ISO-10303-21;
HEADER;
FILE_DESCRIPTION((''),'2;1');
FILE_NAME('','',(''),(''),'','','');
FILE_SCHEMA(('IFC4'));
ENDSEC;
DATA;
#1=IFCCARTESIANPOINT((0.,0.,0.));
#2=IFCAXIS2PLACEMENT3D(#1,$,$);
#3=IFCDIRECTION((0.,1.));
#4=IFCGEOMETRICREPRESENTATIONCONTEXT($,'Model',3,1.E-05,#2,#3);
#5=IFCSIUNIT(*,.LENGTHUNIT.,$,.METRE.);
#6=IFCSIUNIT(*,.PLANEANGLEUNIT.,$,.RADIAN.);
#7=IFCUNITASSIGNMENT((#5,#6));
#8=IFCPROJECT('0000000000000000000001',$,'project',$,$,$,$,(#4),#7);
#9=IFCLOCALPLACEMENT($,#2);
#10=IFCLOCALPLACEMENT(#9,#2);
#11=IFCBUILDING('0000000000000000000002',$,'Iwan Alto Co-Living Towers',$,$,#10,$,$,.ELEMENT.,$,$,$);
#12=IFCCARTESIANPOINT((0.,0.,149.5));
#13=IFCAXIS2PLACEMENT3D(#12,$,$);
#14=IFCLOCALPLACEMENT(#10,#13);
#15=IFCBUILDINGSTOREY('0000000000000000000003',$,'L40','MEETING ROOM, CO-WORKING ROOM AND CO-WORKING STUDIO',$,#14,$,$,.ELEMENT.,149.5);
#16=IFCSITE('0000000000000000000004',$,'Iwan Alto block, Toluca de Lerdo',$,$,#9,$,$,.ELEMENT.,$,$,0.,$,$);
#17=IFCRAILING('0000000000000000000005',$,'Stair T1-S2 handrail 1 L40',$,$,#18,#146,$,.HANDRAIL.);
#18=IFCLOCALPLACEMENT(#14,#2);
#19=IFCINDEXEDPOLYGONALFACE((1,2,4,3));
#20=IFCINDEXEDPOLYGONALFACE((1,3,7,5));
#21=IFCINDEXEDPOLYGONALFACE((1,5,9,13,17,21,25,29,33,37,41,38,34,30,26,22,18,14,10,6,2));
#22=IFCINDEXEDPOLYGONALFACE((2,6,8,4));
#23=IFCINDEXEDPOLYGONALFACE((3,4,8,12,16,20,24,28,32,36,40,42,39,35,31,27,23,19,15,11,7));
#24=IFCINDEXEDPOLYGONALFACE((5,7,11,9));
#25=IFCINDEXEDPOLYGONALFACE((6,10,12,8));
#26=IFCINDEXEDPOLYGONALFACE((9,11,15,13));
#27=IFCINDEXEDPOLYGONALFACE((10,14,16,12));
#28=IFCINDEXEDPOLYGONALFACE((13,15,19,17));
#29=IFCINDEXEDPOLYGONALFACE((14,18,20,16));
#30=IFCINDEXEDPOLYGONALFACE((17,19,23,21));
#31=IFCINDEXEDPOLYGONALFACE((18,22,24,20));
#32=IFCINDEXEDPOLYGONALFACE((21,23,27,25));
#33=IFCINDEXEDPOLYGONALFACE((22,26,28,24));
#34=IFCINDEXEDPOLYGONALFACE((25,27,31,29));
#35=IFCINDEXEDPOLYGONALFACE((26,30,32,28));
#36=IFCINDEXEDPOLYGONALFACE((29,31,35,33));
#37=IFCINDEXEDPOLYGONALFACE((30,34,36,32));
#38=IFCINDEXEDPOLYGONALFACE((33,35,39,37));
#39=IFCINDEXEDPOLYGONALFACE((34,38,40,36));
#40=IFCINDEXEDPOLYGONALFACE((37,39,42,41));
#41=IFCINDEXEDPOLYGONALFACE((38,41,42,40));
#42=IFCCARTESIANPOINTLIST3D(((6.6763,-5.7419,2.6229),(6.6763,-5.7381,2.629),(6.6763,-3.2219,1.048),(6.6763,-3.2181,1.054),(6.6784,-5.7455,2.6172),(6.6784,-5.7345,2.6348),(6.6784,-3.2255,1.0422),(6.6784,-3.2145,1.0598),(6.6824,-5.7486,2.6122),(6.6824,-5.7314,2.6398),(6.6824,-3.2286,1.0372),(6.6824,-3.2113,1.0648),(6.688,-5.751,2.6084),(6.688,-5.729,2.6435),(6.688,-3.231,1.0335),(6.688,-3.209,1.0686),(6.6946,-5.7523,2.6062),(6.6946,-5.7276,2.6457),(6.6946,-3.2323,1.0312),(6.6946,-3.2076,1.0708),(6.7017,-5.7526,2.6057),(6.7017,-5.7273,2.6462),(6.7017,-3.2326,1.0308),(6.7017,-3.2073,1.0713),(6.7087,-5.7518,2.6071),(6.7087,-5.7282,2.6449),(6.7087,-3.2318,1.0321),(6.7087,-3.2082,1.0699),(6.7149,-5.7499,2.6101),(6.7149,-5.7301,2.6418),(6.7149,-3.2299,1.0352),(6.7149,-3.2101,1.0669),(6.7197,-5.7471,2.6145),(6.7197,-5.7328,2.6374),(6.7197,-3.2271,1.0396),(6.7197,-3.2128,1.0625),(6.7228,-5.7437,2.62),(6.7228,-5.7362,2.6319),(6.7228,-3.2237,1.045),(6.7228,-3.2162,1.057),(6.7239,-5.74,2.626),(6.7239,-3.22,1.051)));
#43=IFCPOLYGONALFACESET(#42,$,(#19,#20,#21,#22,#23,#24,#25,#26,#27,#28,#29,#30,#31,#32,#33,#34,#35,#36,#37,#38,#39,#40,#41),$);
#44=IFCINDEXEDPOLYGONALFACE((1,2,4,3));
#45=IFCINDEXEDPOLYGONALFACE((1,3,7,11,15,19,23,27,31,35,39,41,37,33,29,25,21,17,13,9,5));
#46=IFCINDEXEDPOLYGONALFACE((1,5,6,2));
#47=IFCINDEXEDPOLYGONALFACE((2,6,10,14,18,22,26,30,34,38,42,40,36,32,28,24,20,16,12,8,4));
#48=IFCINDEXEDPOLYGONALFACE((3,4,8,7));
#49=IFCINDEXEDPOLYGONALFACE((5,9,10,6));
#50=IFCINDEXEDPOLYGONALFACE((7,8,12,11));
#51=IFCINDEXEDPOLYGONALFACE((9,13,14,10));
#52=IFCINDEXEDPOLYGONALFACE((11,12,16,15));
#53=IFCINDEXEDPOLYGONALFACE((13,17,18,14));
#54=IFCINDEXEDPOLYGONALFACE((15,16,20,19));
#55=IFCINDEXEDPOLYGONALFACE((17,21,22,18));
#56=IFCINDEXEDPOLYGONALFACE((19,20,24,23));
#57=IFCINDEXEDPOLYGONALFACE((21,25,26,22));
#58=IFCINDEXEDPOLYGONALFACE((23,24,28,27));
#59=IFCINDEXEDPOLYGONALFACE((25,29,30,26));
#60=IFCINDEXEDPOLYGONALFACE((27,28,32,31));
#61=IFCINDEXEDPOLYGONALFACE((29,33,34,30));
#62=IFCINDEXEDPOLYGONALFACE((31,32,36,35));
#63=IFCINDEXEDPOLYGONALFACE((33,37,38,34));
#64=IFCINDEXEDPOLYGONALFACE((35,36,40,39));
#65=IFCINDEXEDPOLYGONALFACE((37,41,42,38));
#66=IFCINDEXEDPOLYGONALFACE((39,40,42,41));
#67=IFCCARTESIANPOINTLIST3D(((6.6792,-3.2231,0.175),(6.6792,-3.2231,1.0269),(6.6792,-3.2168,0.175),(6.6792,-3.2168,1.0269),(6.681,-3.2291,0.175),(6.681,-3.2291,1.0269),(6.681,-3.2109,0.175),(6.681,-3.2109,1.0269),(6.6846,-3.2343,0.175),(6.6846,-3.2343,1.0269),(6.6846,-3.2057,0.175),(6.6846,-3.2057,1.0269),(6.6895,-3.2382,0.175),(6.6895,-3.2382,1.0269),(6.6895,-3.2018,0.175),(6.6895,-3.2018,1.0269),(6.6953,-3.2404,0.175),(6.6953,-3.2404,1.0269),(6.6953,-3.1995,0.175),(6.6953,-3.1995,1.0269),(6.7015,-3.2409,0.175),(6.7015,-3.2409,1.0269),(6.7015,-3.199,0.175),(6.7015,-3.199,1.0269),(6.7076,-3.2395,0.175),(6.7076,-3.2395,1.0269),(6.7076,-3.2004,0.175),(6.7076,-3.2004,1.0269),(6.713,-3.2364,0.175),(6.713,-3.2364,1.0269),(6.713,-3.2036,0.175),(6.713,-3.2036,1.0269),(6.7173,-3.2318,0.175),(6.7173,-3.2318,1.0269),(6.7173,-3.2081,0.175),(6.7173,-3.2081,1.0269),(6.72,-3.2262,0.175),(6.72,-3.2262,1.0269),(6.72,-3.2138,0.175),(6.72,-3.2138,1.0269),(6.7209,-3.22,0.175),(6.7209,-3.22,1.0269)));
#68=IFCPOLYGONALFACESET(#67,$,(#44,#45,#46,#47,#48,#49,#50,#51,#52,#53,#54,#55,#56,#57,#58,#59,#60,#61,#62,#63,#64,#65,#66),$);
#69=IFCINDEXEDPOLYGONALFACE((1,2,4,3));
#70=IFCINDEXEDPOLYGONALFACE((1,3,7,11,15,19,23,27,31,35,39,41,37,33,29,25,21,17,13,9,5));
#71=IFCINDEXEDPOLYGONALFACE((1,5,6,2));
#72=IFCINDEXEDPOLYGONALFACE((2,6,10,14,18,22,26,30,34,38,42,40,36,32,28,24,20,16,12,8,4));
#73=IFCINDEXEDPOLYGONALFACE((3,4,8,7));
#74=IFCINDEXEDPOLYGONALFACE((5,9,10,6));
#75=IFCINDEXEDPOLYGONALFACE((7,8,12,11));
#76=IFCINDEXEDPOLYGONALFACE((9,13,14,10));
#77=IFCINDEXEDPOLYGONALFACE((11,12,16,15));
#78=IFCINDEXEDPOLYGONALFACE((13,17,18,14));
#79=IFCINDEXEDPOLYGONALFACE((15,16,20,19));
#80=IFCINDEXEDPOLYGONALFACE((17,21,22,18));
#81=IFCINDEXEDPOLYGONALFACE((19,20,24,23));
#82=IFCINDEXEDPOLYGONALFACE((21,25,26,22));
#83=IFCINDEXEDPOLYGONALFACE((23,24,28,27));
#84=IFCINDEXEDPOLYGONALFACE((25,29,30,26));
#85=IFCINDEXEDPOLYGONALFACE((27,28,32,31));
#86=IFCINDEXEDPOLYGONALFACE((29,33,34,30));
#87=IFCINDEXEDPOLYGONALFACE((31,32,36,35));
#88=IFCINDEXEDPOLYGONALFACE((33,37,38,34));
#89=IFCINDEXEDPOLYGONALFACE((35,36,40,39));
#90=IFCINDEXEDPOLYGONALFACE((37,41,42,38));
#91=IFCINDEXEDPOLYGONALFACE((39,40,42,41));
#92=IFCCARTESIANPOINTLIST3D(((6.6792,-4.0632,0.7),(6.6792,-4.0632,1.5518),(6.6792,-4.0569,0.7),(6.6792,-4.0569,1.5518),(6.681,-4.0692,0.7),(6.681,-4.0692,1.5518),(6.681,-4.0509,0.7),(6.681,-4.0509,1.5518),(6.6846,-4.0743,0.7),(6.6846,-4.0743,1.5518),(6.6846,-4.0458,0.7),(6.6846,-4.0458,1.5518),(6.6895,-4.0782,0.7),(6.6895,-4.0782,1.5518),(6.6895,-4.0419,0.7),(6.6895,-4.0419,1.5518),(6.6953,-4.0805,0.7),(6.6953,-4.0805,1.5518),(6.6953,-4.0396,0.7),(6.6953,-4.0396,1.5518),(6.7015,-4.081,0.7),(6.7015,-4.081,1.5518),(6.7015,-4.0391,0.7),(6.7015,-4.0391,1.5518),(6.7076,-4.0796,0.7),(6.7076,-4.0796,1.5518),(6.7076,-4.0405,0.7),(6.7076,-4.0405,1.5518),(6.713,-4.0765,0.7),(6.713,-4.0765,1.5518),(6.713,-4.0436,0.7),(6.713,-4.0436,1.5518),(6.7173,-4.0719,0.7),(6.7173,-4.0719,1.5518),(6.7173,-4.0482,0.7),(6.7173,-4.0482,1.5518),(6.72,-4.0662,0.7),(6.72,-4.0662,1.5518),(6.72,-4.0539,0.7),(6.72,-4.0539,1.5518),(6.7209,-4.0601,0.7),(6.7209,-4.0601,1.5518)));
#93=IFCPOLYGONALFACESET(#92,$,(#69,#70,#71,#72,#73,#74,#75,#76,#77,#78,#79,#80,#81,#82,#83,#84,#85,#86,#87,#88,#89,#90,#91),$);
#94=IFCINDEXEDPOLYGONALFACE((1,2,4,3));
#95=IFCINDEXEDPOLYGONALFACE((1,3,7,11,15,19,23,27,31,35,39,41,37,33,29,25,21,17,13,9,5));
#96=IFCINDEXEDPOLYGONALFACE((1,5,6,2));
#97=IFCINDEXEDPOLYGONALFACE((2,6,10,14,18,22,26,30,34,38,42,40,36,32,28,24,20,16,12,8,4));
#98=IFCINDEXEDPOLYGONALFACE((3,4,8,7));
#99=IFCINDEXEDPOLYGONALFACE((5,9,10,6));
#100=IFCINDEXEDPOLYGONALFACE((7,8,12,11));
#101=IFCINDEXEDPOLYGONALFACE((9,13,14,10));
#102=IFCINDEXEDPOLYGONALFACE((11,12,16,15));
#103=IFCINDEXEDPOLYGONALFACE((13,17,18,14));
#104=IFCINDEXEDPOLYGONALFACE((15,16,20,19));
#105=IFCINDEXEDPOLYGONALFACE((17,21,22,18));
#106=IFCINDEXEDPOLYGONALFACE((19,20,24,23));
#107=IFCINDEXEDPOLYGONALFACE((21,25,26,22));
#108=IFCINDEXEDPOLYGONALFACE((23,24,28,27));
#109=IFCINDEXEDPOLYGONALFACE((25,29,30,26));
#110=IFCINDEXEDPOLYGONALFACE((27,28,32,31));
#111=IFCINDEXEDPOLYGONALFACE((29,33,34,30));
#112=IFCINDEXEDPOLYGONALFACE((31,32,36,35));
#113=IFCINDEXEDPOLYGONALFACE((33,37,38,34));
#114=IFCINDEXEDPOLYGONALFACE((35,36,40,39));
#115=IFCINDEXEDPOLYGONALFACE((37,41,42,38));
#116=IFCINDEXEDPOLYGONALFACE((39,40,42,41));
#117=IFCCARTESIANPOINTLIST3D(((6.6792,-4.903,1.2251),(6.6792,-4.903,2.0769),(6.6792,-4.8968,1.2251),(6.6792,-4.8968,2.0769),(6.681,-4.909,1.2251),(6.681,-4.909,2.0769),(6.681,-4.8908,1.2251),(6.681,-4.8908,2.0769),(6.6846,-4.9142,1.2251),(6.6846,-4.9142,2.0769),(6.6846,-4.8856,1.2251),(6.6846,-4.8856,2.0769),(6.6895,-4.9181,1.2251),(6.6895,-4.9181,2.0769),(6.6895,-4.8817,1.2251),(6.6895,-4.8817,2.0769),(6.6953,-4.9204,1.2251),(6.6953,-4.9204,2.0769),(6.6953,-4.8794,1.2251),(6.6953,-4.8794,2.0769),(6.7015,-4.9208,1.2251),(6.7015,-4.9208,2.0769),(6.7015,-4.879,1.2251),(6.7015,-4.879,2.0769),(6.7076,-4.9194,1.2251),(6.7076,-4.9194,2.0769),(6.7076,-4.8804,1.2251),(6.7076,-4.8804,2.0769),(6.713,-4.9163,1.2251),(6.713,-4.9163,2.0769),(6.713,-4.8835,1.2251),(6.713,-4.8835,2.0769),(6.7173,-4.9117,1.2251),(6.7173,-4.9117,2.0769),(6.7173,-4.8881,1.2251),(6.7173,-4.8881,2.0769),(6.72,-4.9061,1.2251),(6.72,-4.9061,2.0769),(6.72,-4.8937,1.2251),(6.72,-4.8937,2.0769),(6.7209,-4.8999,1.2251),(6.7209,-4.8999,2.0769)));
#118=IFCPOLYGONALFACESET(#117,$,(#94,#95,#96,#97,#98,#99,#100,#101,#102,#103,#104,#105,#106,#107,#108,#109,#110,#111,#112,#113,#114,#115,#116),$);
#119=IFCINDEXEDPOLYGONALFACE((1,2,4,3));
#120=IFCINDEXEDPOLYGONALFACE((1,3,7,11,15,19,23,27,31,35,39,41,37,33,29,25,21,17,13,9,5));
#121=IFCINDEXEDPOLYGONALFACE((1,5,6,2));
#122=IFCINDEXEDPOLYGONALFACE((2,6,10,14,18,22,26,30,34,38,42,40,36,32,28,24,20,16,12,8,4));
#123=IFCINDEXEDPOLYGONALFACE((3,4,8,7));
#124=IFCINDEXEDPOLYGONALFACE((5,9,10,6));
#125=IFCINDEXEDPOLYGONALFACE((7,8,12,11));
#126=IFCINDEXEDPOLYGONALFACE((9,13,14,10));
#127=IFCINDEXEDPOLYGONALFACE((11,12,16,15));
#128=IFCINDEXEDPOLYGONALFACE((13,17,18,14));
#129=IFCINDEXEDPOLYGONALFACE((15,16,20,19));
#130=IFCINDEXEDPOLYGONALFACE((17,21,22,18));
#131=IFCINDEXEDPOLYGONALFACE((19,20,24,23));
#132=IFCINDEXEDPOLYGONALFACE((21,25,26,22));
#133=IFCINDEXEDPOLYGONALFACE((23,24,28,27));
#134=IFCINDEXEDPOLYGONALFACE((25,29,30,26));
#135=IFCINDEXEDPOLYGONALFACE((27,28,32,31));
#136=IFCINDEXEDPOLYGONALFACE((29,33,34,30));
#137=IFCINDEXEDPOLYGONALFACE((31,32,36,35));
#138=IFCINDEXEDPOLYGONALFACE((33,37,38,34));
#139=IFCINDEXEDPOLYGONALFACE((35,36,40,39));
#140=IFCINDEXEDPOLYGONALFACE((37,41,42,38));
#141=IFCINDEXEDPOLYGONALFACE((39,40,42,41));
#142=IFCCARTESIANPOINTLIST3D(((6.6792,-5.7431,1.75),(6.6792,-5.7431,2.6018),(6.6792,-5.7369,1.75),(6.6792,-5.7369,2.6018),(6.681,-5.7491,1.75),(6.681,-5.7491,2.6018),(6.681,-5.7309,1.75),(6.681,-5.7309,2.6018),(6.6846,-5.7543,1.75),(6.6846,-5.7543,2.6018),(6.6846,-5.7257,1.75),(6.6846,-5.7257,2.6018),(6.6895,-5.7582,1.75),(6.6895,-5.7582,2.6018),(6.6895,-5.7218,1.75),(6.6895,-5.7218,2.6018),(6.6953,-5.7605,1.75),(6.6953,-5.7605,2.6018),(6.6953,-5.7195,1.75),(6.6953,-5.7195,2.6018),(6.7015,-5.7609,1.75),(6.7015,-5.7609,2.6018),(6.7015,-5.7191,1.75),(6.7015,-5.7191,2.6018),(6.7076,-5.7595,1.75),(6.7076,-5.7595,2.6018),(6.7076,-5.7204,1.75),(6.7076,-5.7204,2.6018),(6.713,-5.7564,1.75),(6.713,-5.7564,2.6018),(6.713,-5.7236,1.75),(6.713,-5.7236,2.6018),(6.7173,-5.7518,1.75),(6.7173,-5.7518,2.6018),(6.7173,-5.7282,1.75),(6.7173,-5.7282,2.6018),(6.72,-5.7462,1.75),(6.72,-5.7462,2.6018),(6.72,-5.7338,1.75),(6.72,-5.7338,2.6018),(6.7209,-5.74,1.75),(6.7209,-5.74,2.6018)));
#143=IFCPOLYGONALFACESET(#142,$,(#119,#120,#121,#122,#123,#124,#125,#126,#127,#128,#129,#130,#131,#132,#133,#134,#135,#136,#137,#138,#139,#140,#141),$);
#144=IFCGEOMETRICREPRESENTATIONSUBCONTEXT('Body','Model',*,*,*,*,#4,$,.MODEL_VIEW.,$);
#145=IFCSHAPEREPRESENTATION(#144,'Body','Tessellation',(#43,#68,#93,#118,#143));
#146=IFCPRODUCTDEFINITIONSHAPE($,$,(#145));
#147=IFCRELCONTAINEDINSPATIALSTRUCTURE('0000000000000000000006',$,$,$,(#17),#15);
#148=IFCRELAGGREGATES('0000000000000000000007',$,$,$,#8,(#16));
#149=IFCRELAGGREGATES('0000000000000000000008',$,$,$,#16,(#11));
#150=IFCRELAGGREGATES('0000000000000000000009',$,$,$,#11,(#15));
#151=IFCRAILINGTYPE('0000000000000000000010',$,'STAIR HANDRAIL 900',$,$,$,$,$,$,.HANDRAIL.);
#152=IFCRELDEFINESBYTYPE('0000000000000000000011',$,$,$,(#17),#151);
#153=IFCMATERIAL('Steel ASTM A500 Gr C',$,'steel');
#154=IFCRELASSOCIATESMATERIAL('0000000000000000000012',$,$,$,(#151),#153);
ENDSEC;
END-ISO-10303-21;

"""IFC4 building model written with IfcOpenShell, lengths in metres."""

from ifc_helpers import new_model, si_unit, direction, frame, origin, origin_2d, place, context, subcontext, project, spatial, circle, extrude, material, type_object, element, save


model = new_model("IFC4")

# Units and contexts
model_context = context("Model", 3, precision=1e-05, world=origin(), true_north=direction((0.0, 1.0)))
body_context = subcontext(model_context, "Body", "Model", "MODEL_VIEW")
ifc_project = project(units=[si_unit("LENGTHUNIT", "METRE"), si_unit("PLANEANGLEUNIT", "RADIAN")], contexts=[model_context])

# Site, building, storey
site_placement = place(None, origin())
site = spatial("IfcSite", under=ifc_project, at=site_placement, Name="Iwan Alto block, Toluca de Lerdo", CompositionType="ELEMENT", RefElevation=0.0)
building_placement = place(site_placement, origin())
building = spatial("IfcBuilding", under=site, at=building_placement, Name="Iwan Alto Co-Living Towers", CompositionType="ELEMENT")
storey_placement = place(building_placement, frame((0.0, 0.0, 149.5)))
storey = spatial("IfcBuildingStorey", under=building, at=storey_placement, Name="L40", Description="MEETING ROOM, CO-WORKING ROOM AND CO-WORKING STUDIO", CompositionType="ELEMENT", Elevation=149.5)

# Railing
ifc_material_1 = material(Name="Steel ASTM A500 Gr C", Category="steel")
railing_type_1 = type_object("IfcRailingType", Name="STAIR HANDRAIL 900", PredefinedType="HANDRAIL", material=ifc_material_1)
railing_1_placement = place(storey_placement, frame((6.7, -3.22, 0.175)))
element("IfcRailing", 1, at=railing_1_placement, inside=storey, type_object=railing_type_1, Name="Stair T1-S2 handrail 1 L40", PredefinedType="HANDRAIL", context=body_context, shape_type="SweptSolid", body=[
    extrude(circle(Radius=0.0239, at=origin_2d()), frame((0.0, 0.0, 0.876), z_axis=(0.0, -0.848008, 0.529984), x_axis=(1.0, 0.0, 0.0)), (0.0, 0.0, 1.0), 2.9717),
    extrude(circle(Radius=0.021, at=origin_2d()), origin(), (0.0, 0.0, 1.0), 0.8518),
    extrude(circle(Radius=0.021, at=origin_2d()), frame((0.0, -0.8401, 0.5249)), (0.0, 0.0, 1.0), 0.8518),
    extrude(circle(Radius=0.021, at=origin_2d()), frame((0.0, -1.6799, 1.05)), (0.0, 0.0, 1.0), 0.8518),
    extrude(circle(Radius=0.021, at=origin_2d()), frame((0.0, -2.52, 1.575)), (0.0, 0.0, 1.0), 0.8518),
])

save(model, "model.ifc")
